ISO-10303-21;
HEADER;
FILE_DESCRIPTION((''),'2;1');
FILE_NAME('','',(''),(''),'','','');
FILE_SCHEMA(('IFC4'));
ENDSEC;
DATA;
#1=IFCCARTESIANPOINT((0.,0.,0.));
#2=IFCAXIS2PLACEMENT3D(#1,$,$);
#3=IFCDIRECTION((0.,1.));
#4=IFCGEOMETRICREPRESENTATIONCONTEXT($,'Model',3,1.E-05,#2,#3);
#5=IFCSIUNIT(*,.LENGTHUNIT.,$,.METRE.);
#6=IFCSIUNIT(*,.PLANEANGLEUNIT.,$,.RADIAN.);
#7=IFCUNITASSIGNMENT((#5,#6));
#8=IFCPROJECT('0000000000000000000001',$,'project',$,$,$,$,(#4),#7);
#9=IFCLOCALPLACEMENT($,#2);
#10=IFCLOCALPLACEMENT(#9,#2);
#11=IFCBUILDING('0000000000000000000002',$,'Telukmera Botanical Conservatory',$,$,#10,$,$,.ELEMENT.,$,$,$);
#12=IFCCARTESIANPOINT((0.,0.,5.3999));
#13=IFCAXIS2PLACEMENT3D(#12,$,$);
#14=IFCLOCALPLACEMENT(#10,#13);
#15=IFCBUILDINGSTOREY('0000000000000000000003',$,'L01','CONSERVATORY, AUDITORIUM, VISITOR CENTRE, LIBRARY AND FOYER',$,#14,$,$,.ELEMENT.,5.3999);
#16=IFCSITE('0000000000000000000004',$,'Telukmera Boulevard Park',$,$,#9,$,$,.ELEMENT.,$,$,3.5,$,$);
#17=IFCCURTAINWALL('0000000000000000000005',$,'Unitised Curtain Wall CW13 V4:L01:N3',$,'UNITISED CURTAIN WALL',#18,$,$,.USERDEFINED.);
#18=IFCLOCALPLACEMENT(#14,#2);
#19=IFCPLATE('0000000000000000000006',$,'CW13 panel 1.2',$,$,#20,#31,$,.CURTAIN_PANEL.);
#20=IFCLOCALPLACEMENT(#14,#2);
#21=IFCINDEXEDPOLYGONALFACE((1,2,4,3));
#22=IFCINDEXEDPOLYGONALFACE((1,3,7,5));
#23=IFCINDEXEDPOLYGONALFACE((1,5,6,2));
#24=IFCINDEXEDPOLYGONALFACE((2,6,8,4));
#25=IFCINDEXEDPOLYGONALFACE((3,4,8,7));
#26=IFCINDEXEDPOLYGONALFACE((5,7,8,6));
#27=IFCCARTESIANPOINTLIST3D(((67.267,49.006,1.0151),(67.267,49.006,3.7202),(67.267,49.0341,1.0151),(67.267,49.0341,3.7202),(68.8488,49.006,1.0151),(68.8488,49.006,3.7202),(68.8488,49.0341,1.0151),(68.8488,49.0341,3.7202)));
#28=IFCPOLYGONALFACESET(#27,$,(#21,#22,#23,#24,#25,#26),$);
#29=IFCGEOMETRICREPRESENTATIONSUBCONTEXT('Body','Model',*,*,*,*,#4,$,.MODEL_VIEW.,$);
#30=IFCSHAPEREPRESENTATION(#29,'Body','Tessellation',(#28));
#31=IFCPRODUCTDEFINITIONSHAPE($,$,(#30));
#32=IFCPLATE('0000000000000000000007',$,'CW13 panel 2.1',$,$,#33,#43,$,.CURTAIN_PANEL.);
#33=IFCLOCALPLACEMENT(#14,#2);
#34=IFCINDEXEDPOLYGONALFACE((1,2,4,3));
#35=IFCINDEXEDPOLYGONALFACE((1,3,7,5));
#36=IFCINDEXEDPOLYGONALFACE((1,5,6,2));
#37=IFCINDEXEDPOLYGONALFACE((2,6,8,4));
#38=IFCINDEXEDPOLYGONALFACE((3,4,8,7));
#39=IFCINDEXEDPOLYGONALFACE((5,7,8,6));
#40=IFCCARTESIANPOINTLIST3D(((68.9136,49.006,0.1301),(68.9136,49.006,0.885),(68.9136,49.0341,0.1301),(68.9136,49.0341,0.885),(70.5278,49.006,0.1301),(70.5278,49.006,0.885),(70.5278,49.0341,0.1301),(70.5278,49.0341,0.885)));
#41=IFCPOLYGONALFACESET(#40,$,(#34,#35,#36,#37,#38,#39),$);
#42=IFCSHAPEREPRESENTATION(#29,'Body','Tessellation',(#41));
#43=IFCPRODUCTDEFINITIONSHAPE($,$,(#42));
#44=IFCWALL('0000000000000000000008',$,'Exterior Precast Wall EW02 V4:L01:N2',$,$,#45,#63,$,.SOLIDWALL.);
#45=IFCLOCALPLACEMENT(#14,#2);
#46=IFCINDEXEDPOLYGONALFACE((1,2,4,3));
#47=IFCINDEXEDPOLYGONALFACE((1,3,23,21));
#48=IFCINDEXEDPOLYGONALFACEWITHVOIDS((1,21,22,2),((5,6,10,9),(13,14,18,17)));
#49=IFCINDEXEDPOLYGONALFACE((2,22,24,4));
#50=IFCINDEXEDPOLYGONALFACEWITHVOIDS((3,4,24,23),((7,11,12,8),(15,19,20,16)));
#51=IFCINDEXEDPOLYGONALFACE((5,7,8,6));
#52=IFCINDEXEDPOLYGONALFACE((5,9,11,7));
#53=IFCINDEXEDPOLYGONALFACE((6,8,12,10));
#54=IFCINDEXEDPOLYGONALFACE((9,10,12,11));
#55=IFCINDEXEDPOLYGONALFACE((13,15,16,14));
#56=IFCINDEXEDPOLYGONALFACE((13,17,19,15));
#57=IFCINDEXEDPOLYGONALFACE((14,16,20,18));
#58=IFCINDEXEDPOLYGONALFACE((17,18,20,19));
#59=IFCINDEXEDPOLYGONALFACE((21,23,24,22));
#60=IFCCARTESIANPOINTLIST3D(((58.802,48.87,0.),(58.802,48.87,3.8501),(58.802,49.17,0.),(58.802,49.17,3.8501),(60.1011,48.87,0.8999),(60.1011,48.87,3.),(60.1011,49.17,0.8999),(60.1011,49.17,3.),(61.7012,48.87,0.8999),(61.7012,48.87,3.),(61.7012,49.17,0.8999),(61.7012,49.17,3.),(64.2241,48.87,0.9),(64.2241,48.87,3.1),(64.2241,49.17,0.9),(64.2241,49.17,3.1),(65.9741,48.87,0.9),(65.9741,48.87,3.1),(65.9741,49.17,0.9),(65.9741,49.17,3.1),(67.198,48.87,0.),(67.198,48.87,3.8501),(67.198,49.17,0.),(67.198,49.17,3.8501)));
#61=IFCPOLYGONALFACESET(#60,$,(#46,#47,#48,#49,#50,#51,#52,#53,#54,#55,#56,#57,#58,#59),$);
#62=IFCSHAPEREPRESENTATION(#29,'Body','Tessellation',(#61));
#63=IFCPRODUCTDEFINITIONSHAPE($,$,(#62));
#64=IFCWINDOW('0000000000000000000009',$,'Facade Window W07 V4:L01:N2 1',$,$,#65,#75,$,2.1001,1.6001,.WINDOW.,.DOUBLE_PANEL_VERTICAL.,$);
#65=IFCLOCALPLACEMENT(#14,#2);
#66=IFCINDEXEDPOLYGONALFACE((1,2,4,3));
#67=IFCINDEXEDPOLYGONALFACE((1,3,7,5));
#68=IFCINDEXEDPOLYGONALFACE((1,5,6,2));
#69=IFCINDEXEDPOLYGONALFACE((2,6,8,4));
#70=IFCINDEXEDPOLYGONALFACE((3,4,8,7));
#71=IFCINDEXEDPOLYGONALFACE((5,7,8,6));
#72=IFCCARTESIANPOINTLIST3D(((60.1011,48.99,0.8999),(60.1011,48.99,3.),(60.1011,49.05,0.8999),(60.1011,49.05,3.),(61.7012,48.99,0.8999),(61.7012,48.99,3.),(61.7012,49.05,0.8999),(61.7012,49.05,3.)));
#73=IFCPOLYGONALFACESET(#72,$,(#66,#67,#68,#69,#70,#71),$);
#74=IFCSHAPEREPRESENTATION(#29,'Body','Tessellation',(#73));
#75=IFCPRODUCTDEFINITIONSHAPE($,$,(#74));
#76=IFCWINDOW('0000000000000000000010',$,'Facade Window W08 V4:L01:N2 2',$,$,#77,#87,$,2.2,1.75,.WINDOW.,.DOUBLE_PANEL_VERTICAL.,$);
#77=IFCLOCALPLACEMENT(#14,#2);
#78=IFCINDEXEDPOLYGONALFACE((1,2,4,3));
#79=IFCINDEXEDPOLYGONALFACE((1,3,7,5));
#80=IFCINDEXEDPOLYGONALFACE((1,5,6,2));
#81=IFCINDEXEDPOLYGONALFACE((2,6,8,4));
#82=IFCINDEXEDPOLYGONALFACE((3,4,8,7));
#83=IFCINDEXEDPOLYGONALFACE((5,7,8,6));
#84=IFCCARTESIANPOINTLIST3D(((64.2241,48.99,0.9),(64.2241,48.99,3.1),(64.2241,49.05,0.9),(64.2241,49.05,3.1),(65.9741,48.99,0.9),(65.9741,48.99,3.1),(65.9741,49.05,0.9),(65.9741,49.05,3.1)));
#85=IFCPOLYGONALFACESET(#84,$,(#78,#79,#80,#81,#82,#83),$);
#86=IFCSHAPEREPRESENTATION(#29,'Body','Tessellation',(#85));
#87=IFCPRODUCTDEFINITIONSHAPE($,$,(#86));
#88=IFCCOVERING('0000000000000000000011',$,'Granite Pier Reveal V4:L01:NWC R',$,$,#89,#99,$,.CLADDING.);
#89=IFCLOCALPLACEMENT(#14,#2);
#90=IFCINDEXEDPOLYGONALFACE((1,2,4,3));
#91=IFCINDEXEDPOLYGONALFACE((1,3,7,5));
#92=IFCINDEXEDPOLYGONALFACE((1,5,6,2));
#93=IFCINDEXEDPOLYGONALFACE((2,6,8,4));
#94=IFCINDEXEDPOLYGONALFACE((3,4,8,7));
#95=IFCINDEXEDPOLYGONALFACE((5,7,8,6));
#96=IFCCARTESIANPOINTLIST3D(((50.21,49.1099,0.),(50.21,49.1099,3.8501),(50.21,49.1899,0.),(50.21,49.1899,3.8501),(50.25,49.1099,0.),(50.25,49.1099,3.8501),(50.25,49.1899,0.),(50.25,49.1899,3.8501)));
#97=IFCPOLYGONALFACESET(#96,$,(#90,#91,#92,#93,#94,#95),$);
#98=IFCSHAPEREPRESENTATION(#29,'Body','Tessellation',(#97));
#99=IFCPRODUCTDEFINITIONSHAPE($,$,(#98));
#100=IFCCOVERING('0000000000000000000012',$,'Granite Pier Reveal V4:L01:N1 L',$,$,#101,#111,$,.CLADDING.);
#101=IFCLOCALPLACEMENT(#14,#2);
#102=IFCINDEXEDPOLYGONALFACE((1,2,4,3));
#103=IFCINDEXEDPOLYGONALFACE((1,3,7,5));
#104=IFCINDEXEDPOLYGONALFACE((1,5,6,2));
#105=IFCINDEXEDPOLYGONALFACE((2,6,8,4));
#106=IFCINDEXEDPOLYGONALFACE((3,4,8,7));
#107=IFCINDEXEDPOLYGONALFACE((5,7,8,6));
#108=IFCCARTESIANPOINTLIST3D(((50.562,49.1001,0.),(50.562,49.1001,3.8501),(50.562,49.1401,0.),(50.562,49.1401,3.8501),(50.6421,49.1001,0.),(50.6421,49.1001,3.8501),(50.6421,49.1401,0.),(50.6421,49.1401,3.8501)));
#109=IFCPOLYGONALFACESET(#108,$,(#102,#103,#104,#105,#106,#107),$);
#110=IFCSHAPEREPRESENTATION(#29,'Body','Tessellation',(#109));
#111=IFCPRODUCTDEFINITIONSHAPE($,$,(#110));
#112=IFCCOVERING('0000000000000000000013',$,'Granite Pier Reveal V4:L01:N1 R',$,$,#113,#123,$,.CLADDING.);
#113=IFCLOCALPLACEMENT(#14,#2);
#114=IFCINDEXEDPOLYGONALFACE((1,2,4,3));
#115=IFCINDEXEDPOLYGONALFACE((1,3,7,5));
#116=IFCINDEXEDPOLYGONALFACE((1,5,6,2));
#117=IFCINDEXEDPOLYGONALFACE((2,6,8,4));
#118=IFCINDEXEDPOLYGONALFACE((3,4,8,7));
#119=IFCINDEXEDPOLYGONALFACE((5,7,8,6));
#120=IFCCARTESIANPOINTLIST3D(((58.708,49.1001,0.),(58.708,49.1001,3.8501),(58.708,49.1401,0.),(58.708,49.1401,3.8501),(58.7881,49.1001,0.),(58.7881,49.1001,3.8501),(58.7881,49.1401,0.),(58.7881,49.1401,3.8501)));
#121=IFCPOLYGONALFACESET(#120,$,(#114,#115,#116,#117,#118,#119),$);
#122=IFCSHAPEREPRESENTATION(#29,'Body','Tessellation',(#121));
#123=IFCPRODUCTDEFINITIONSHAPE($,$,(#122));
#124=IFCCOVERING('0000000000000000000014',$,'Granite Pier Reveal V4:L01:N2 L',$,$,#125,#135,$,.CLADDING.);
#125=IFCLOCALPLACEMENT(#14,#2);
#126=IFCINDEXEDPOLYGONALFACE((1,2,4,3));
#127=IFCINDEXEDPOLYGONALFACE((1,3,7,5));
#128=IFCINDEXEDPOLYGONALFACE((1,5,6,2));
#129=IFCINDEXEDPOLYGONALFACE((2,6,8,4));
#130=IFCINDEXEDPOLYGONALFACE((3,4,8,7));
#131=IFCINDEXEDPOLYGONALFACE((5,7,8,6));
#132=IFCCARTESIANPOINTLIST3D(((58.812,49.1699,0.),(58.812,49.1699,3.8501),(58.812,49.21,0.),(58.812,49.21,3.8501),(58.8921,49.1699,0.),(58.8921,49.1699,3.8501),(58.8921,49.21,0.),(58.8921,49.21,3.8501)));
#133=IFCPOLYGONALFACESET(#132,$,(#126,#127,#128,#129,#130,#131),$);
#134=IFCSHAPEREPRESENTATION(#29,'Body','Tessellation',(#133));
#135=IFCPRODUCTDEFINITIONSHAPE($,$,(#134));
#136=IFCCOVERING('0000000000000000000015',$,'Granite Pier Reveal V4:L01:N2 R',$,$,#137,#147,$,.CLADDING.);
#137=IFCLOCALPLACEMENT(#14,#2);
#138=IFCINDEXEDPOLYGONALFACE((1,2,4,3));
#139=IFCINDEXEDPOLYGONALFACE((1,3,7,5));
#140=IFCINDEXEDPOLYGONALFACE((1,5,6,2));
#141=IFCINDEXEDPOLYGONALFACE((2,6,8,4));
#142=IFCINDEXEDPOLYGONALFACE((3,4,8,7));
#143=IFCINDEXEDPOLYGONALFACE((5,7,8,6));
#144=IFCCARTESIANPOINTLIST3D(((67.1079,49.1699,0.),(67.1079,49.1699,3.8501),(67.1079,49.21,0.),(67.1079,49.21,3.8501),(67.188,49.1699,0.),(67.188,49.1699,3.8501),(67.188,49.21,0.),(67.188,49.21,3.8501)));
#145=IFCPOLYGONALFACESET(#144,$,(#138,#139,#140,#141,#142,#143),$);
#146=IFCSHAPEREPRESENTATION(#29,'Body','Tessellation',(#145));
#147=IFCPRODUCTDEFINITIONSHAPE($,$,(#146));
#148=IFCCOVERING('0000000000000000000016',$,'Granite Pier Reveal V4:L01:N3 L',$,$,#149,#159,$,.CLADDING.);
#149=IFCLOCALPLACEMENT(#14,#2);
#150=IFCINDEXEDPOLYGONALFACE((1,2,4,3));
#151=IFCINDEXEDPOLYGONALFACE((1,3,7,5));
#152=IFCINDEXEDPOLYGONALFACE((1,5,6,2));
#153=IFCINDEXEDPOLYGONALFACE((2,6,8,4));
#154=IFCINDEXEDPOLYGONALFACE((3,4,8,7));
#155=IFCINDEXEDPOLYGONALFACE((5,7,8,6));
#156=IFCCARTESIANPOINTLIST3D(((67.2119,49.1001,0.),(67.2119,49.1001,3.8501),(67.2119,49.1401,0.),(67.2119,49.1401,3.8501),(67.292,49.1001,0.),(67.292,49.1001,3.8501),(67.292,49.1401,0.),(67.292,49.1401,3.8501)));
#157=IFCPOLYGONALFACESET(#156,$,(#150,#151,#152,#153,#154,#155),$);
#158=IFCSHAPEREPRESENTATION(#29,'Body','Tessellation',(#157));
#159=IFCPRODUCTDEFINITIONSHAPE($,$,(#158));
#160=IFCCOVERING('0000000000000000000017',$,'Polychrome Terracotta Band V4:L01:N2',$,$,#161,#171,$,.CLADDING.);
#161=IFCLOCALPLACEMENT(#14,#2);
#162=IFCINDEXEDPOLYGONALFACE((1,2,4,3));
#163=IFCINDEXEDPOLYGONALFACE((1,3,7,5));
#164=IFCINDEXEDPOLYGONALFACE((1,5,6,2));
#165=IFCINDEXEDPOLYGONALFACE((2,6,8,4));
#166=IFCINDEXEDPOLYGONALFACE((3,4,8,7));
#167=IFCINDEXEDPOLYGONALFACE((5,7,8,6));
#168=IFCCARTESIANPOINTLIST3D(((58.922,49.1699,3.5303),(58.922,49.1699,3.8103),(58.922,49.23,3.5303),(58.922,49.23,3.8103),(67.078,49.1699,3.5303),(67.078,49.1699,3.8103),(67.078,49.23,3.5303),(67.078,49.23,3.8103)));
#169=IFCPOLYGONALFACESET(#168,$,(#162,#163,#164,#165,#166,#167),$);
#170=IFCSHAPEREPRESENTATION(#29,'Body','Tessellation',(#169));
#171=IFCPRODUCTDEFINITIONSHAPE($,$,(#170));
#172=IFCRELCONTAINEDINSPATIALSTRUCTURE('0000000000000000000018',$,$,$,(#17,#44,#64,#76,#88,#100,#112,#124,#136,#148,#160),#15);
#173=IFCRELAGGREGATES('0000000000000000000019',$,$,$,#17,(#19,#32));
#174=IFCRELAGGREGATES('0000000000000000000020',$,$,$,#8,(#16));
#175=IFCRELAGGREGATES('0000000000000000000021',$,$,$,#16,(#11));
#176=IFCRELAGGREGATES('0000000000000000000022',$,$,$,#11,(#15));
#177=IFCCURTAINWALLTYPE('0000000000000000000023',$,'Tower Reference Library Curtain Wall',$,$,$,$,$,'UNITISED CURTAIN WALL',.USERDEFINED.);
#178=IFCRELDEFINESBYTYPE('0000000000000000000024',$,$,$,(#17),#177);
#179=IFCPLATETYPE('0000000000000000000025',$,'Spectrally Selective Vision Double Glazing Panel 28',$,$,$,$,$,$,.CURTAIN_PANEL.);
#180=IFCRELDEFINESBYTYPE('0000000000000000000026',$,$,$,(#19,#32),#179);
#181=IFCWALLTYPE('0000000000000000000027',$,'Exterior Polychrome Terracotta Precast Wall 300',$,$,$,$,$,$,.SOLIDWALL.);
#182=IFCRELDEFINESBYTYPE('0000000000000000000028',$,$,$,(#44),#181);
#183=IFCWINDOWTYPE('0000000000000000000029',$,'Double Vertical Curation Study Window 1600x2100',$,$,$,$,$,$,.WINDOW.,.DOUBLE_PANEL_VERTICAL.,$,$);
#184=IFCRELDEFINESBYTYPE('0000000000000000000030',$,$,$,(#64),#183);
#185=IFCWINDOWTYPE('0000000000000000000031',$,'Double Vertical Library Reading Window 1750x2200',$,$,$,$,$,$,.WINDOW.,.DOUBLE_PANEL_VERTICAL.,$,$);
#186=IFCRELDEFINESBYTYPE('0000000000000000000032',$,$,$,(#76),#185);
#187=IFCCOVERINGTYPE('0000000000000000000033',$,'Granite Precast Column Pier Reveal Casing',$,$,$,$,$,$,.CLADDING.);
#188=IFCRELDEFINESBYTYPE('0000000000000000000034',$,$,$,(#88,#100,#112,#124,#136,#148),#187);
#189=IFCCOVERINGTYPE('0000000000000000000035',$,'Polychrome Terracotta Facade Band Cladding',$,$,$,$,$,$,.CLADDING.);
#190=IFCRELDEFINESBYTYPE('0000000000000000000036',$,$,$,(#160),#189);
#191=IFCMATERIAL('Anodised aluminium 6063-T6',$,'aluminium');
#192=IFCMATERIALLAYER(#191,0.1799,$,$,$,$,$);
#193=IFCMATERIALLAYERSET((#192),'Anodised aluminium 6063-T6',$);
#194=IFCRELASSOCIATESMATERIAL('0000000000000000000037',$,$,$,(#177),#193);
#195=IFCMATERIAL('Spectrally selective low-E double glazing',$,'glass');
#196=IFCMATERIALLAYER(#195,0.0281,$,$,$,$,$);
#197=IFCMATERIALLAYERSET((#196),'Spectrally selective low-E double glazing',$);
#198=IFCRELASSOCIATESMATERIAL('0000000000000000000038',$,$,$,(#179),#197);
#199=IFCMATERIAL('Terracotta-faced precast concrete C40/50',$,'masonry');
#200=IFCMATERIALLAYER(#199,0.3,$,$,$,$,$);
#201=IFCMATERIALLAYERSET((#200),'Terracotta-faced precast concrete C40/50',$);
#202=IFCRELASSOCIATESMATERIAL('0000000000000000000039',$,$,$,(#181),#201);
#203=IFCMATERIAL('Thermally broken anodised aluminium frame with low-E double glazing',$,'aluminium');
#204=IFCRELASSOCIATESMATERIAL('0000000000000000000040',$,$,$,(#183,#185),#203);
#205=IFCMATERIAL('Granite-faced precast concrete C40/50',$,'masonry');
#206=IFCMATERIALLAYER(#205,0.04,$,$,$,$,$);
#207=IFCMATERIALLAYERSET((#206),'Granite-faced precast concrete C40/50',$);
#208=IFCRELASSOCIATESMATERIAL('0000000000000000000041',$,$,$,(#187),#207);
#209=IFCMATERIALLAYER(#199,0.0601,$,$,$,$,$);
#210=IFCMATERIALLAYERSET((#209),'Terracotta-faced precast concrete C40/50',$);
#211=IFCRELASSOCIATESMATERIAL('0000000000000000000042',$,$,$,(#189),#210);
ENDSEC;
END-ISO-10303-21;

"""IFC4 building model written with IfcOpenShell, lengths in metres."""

from ifc_helpers import new_model, si_unit, direction, frame, frame_2d, origin, origin_2d, place, context, subcontext, project, spatial, rectangle, extrude, material, layer, layer_set, type_object, element, fill, aggregate, save


model = new_model("IFC4")

# Units and contexts
model_context = context("Model", 3, precision=1e-05, world=origin(), true_north=direction((0.0, 1.0)))
body_context = subcontext(model_context, "Body", "Model", "MODEL_VIEW")
ifc_project = project(units=[si_unit("LENGTHUNIT", "METRE"), si_unit("PLANEANGLEUNIT", "RADIAN")], contexts=[model_context])

# Site, building, storey
site_placement = place(None, origin())
site = spatial("IfcSite", under=ifc_project, at=site_placement, Name="Telukmera Boulevard Park", CompositionType="ELEMENT", RefElevation=3.5)
building_placement = place(site_placement, origin())
building = spatial("IfcBuilding", under=site, at=building_placement, Name="Telukmera Botanical Conservatory", CompositionType="ELEMENT")
storey_placement = place(building_placement, frame((0.0, 0.0, 5.3999)))
storey = spatial("IfcBuildingStorey", under=building, at=storey_placement, Name="L01", Description="CONSERVATORY, AUDITORIUM, VISITOR CENTRE, LIBRARY AND FOYER", CompositionType="ELEMENT", Elevation=5.3999)

# Shared definitions
ifc_material_1 = material(Name="Anodised aluminium 6063-T6", Category="aluminium")
ifc_layer_1 = layer(ifc_material_1, 0.1799)
ifc_layer_set_1 = layer_set([ifc_layer_1], Name="Anodised aluminium 6063-T6")
curtain_wall_type = type_object("IfcCurtainWallType", Name="Tower Reference Library Curtain Wall", ElementType="UNITISED CURTAIN WALL", PredefinedType="USERDEFINED", material=ifc_layer_set_1)

# Curtain wall, plates
curtain_wall_1_placement = place(storey_placement, origin())
curtain_wall_1 = element("IfcCurtainWall", 1, at=curtain_wall_1_placement, inside=storey, type_object=curtain_wall_type, Name="Unitised Curtain Wall CW13 V4:L01:N3", ObjectType="UNITISED CURTAIN WALL", PredefinedType="USERDEFINED")
ifc_material_2 = material(Name="Spectrally selective low-E double glazing", Category="glass")
ifc_layer_2 = layer(ifc_material_2, 0.0281)
ifc_layer_set_2 = layer_set([ifc_layer_2], Name="Spectrally selective low-E double glazing")
plate_type = type_object("IfcPlateType", Name="Spectrally Selective Vision Double Glazing Panel 28", PredefinedType="CURTAIN_PANEL", material=ifc_layer_set_2)
plate_1_placement = place(storey_placement, frame((68.0579, 49.02, 1.0151), z_axis=(0.0, 0.0, 1.0), x_axis=(1.0, 0.0, 0.0)))
plate_1 = element("IfcPlate", 2, at=plate_1_placement, type_object=plate_type, Name="CW13 panel 1.2", PredefinedType="CURTAIN_PANEL", context=body_context, shape_type="SweptSolid", body=[
    extrude(rectangle(XDim=1.5818, YDim=0.0281, at=origin_2d()), origin(), (0.0, 0.0, 1.0), 2.7051),
])
plate_2_placement = place(storey_placement, frame((69.7207, 49.02, 0.1301), z_axis=(0.0, 0.0, 1.0), x_axis=(1.0, 0.0, 0.0)))
plate_2 = element("IfcPlate", 3, at=plate_2_placement, type_object=plate_type, Name="CW13 panel 2.1", PredefinedType="CURTAIN_PANEL", context=body_context, shape_type="SweptSolid", body=[
    extrude(rectangle(XDim=1.6143, YDim=0.0281, at=origin_2d()), origin(), (0.0, 0.0, 1.0), 0.7549),
])
aggregate(curtain_wall_1, [plate_1, plate_2])

# Wall, openings, windows
ifc_material_3 = material(Name="Terracotta-faced precast concrete C40/50", Category="masonry")
ifc_layer_3 = layer(ifc_material_3, 0.3)
ifc_layer_set_3 = layer_set([ifc_layer_3], Name="Terracotta-faced precast concrete C40/50")
wall_type = type_object("IfcWallType", Name="Exterior Polychrome Terracotta Precast Wall 300", PredefinedType="SOLIDWALL", material=ifc_layer_set_3)
wall_placement = place(storey_placement, frame((58.802, 49.02, 0.0), z_axis=(0.0, 0.0, 1.0), x_axis=(1.0, 0.0, 0.0)))
wall = element("IfcWall", 4, at=wall_placement, inside=storey, type_object=wall_type, Name="Exterior Precast Wall EW02 V4:L01:N2", PredefinedType="SOLIDWALL", context=body_context, shape_type="SweptSolid", body=[
    extrude(rectangle(XDim=8.396, YDim=0.3, at=frame_2d((4.198, 0.0))), origin(), (0.0, 0.0, 1.0), 3.8501),
])
opening_1_placement = place(wall_placement, frame((1.2991, 0.0, 0.8999)))
opening_1 = element("IfcOpeningElement", 5, at=opening_1_placement, cuts=wall, PredefinedType="OPENING", context=body_context, shape_type="SweptSolid", body=[
    extrude(rectangle(XDim=1.6001, YDim=2.1001, at=frame_2d((0.8, 1.05))), frame((0.0, 0.1599, 0.0), z_axis=(0.0, -1.0, 0.0), x_axis=(1.0, 0.0, 0.0)), (0.0, 0.0, 1.0), 0.3201),
])
opening_2_placement = place(wall_placement, frame((5.4221, 0.0, 0.8999)))
opening_2 = element("IfcOpeningElement", 6, at=opening_2_placement, cuts=wall, PredefinedType="OPENING", context=body_context, shape_type="SweptSolid", body=[
    extrude(rectangle(XDim=1.75, YDim=2.2, at=frame_2d((0.875, 1.1001))), frame((0.0, 0.1599, 0.0), z_axis=(0.0, -1.0, 0.0), x_axis=(1.0, 0.0, 0.0)), (0.0, 0.0, 1.0), 0.3201),
])
ifc_material_4 = material(Name="Thermally broken anodised aluminium frame with low-E double glazing", Category="aluminium")
window_type_1 = type_object("IfcWindowType", Name="Double Vertical Curation Study Window 1600x2100", PartitioningType="DOUBLE_PANEL_VERTICAL", PredefinedType="WINDOW", material=ifc_material_4)
window_1_placement = place(opening_1_placement, origin())
window_1 = element("IfcWindow", 7, at=window_1_placement, inside=storey, type_object=window_type_1, Name="Facade Window W07 V4:L01:N2 1", OverallHeight=2.1001, OverallWidth=1.6001, PartitioningType="DOUBLE_PANEL_VERTICAL", PredefinedType="WINDOW", context=body_context, shape_type="SweptSolid", body=[
    extrude(rectangle(XDim=1.6001, YDim=2.1001, at=frame_2d((0.8, 1.05))), frame((0.0, 0.03, 0.0), z_axis=(0.0, -1.0, 0.0), x_axis=(1.0, 0.0, 0.0)), (0.0, 0.0, 1.0), 0.0601),
])
fill(opening_1, window_1)
window_type_2 = type_object("IfcWindowType", Name="Double Vertical Library Reading Window 1750x2200", PartitioningType="DOUBLE_PANEL_VERTICAL", PredefinedType="WINDOW", material=ifc_material_4)
window_2_placement = place(opening_2_placement, origin())
window_2 = element("IfcWindow", 8, at=window_2_placement, inside=storey, type_object=window_type_2, Name="Facade Window W08 V4:L01:N2 2", OverallHeight=2.2, OverallWidth=1.75, PartitioningType="DOUBLE_PANEL_VERTICAL", PredefinedType="WINDOW", context=body_context, shape_type="SweptSolid", body=[
    extrude(rectangle(XDim=1.75, YDim=2.2, at=frame_2d((0.875, 1.1001))), frame((0.0, 0.03, 0.0), z_axis=(0.0, -1.0, 0.0), x_axis=(1.0, 0.0, 0.0)), (0.0, 0.0, 1.0), 0.0601),
])
fill(opening_2, window_2)

# Coverings
ifc_material_5 = material(Name="Granite-faced precast concrete C40/50", Category="masonry")
ifc_layer_4 = layer(ifc_material_5, 0.04)
ifc_layer_set_4 = layer_set([ifc_layer_4], Name="Granite-faced precast concrete C40/50")
covering_type_1 = type_object("IfcCoveringType", Name="Granite Precast Column Pier Reveal Casing", PredefinedType="CLADDING", material=ifc_layer_set_4)
for number, where, z_axis, x_axis, name in (
    (9, (50.23, 49.1499, 0.0), (0.0, 0.0, 1.0), (0.0, 1.0, 0.0), "Granite Pier Reveal V4:L01:NWC R"),
    (10, (50.6021, 49.1201, 0.0), (0.0, 0.0, 1.0), (1.0, 0.0, 0.0), "Granite Pier Reveal V4:L01:N1 L"),
    (11, (58.748, 49.1201, 0.0), (0.0, 0.0, 1.0), (1.0, 0.0, 0.0), "Granite Pier Reveal V4:L01:N1 R"),
    (12, (58.8521, 49.1899, 0.0), (0.0, 0.0, 1.0), (1.0, 0.0, 0.0), "Granite Pier Reveal V4:L01:N2 L"),
    (13, (67.1479, 49.1899, 0.0), (0.0, 0.0, 1.0), (1.0, 0.0, 0.0), "Granite Pier Reveal V4:L01:N2 R"),
    (14, (67.252, 49.1201, 0.0), (0.0, 0.0, 1.0), (1.0, 0.0, 0.0), "Granite Pier Reveal V4:L01:N3 L"),
):
    element("IfcCovering", number, at=place(storey_placement, frame(where, z_axis=z_axis, x_axis=x_axis)), inside=storey, type_object=covering_type_1, Name=name, PredefinedType="CLADDING", context=body_context, shape_type="SweptSolid", body=[
        extrude(rectangle(XDim=0.0801, YDim=0.04, at=origin_2d()), origin(), (0.0, 0.0, 1.0), 3.8501),
    ])
ifc_layer_5 = layer(ifc_material_3, 0.0601)
ifc_layer_set_5 = layer_set([ifc_layer_5], Name="Terracotta-faced precast concrete C40/50")
covering_type_2 = type_object("IfcCoveringType", Name="Polychrome Terracotta Facade Band Cladding", PredefinedType="CLADDING", material=ifc_layer_set_5)
covering_placement = place(storey_placement, frame((63.0, 49.2, 3.5303), z_axis=(0.0, 0.0, 1.0), x_axis=(1.0, 0.0, 0.0)))
element("IfcCovering", 15, at=covering_placement, inside=storey, type_object=covering_type_2, Name="Polychrome Terracotta Band V4:L01:N2", PredefinedType="CLADDING", context=body_context, shape_type="SweptSolid", body=[
    extrude(rectangle(XDim=8.156, YDim=0.0601, at=origin_2d()), origin(), (0.0, 0.0, 1.0), 0.28),
])

save(model, "model.ifc")
